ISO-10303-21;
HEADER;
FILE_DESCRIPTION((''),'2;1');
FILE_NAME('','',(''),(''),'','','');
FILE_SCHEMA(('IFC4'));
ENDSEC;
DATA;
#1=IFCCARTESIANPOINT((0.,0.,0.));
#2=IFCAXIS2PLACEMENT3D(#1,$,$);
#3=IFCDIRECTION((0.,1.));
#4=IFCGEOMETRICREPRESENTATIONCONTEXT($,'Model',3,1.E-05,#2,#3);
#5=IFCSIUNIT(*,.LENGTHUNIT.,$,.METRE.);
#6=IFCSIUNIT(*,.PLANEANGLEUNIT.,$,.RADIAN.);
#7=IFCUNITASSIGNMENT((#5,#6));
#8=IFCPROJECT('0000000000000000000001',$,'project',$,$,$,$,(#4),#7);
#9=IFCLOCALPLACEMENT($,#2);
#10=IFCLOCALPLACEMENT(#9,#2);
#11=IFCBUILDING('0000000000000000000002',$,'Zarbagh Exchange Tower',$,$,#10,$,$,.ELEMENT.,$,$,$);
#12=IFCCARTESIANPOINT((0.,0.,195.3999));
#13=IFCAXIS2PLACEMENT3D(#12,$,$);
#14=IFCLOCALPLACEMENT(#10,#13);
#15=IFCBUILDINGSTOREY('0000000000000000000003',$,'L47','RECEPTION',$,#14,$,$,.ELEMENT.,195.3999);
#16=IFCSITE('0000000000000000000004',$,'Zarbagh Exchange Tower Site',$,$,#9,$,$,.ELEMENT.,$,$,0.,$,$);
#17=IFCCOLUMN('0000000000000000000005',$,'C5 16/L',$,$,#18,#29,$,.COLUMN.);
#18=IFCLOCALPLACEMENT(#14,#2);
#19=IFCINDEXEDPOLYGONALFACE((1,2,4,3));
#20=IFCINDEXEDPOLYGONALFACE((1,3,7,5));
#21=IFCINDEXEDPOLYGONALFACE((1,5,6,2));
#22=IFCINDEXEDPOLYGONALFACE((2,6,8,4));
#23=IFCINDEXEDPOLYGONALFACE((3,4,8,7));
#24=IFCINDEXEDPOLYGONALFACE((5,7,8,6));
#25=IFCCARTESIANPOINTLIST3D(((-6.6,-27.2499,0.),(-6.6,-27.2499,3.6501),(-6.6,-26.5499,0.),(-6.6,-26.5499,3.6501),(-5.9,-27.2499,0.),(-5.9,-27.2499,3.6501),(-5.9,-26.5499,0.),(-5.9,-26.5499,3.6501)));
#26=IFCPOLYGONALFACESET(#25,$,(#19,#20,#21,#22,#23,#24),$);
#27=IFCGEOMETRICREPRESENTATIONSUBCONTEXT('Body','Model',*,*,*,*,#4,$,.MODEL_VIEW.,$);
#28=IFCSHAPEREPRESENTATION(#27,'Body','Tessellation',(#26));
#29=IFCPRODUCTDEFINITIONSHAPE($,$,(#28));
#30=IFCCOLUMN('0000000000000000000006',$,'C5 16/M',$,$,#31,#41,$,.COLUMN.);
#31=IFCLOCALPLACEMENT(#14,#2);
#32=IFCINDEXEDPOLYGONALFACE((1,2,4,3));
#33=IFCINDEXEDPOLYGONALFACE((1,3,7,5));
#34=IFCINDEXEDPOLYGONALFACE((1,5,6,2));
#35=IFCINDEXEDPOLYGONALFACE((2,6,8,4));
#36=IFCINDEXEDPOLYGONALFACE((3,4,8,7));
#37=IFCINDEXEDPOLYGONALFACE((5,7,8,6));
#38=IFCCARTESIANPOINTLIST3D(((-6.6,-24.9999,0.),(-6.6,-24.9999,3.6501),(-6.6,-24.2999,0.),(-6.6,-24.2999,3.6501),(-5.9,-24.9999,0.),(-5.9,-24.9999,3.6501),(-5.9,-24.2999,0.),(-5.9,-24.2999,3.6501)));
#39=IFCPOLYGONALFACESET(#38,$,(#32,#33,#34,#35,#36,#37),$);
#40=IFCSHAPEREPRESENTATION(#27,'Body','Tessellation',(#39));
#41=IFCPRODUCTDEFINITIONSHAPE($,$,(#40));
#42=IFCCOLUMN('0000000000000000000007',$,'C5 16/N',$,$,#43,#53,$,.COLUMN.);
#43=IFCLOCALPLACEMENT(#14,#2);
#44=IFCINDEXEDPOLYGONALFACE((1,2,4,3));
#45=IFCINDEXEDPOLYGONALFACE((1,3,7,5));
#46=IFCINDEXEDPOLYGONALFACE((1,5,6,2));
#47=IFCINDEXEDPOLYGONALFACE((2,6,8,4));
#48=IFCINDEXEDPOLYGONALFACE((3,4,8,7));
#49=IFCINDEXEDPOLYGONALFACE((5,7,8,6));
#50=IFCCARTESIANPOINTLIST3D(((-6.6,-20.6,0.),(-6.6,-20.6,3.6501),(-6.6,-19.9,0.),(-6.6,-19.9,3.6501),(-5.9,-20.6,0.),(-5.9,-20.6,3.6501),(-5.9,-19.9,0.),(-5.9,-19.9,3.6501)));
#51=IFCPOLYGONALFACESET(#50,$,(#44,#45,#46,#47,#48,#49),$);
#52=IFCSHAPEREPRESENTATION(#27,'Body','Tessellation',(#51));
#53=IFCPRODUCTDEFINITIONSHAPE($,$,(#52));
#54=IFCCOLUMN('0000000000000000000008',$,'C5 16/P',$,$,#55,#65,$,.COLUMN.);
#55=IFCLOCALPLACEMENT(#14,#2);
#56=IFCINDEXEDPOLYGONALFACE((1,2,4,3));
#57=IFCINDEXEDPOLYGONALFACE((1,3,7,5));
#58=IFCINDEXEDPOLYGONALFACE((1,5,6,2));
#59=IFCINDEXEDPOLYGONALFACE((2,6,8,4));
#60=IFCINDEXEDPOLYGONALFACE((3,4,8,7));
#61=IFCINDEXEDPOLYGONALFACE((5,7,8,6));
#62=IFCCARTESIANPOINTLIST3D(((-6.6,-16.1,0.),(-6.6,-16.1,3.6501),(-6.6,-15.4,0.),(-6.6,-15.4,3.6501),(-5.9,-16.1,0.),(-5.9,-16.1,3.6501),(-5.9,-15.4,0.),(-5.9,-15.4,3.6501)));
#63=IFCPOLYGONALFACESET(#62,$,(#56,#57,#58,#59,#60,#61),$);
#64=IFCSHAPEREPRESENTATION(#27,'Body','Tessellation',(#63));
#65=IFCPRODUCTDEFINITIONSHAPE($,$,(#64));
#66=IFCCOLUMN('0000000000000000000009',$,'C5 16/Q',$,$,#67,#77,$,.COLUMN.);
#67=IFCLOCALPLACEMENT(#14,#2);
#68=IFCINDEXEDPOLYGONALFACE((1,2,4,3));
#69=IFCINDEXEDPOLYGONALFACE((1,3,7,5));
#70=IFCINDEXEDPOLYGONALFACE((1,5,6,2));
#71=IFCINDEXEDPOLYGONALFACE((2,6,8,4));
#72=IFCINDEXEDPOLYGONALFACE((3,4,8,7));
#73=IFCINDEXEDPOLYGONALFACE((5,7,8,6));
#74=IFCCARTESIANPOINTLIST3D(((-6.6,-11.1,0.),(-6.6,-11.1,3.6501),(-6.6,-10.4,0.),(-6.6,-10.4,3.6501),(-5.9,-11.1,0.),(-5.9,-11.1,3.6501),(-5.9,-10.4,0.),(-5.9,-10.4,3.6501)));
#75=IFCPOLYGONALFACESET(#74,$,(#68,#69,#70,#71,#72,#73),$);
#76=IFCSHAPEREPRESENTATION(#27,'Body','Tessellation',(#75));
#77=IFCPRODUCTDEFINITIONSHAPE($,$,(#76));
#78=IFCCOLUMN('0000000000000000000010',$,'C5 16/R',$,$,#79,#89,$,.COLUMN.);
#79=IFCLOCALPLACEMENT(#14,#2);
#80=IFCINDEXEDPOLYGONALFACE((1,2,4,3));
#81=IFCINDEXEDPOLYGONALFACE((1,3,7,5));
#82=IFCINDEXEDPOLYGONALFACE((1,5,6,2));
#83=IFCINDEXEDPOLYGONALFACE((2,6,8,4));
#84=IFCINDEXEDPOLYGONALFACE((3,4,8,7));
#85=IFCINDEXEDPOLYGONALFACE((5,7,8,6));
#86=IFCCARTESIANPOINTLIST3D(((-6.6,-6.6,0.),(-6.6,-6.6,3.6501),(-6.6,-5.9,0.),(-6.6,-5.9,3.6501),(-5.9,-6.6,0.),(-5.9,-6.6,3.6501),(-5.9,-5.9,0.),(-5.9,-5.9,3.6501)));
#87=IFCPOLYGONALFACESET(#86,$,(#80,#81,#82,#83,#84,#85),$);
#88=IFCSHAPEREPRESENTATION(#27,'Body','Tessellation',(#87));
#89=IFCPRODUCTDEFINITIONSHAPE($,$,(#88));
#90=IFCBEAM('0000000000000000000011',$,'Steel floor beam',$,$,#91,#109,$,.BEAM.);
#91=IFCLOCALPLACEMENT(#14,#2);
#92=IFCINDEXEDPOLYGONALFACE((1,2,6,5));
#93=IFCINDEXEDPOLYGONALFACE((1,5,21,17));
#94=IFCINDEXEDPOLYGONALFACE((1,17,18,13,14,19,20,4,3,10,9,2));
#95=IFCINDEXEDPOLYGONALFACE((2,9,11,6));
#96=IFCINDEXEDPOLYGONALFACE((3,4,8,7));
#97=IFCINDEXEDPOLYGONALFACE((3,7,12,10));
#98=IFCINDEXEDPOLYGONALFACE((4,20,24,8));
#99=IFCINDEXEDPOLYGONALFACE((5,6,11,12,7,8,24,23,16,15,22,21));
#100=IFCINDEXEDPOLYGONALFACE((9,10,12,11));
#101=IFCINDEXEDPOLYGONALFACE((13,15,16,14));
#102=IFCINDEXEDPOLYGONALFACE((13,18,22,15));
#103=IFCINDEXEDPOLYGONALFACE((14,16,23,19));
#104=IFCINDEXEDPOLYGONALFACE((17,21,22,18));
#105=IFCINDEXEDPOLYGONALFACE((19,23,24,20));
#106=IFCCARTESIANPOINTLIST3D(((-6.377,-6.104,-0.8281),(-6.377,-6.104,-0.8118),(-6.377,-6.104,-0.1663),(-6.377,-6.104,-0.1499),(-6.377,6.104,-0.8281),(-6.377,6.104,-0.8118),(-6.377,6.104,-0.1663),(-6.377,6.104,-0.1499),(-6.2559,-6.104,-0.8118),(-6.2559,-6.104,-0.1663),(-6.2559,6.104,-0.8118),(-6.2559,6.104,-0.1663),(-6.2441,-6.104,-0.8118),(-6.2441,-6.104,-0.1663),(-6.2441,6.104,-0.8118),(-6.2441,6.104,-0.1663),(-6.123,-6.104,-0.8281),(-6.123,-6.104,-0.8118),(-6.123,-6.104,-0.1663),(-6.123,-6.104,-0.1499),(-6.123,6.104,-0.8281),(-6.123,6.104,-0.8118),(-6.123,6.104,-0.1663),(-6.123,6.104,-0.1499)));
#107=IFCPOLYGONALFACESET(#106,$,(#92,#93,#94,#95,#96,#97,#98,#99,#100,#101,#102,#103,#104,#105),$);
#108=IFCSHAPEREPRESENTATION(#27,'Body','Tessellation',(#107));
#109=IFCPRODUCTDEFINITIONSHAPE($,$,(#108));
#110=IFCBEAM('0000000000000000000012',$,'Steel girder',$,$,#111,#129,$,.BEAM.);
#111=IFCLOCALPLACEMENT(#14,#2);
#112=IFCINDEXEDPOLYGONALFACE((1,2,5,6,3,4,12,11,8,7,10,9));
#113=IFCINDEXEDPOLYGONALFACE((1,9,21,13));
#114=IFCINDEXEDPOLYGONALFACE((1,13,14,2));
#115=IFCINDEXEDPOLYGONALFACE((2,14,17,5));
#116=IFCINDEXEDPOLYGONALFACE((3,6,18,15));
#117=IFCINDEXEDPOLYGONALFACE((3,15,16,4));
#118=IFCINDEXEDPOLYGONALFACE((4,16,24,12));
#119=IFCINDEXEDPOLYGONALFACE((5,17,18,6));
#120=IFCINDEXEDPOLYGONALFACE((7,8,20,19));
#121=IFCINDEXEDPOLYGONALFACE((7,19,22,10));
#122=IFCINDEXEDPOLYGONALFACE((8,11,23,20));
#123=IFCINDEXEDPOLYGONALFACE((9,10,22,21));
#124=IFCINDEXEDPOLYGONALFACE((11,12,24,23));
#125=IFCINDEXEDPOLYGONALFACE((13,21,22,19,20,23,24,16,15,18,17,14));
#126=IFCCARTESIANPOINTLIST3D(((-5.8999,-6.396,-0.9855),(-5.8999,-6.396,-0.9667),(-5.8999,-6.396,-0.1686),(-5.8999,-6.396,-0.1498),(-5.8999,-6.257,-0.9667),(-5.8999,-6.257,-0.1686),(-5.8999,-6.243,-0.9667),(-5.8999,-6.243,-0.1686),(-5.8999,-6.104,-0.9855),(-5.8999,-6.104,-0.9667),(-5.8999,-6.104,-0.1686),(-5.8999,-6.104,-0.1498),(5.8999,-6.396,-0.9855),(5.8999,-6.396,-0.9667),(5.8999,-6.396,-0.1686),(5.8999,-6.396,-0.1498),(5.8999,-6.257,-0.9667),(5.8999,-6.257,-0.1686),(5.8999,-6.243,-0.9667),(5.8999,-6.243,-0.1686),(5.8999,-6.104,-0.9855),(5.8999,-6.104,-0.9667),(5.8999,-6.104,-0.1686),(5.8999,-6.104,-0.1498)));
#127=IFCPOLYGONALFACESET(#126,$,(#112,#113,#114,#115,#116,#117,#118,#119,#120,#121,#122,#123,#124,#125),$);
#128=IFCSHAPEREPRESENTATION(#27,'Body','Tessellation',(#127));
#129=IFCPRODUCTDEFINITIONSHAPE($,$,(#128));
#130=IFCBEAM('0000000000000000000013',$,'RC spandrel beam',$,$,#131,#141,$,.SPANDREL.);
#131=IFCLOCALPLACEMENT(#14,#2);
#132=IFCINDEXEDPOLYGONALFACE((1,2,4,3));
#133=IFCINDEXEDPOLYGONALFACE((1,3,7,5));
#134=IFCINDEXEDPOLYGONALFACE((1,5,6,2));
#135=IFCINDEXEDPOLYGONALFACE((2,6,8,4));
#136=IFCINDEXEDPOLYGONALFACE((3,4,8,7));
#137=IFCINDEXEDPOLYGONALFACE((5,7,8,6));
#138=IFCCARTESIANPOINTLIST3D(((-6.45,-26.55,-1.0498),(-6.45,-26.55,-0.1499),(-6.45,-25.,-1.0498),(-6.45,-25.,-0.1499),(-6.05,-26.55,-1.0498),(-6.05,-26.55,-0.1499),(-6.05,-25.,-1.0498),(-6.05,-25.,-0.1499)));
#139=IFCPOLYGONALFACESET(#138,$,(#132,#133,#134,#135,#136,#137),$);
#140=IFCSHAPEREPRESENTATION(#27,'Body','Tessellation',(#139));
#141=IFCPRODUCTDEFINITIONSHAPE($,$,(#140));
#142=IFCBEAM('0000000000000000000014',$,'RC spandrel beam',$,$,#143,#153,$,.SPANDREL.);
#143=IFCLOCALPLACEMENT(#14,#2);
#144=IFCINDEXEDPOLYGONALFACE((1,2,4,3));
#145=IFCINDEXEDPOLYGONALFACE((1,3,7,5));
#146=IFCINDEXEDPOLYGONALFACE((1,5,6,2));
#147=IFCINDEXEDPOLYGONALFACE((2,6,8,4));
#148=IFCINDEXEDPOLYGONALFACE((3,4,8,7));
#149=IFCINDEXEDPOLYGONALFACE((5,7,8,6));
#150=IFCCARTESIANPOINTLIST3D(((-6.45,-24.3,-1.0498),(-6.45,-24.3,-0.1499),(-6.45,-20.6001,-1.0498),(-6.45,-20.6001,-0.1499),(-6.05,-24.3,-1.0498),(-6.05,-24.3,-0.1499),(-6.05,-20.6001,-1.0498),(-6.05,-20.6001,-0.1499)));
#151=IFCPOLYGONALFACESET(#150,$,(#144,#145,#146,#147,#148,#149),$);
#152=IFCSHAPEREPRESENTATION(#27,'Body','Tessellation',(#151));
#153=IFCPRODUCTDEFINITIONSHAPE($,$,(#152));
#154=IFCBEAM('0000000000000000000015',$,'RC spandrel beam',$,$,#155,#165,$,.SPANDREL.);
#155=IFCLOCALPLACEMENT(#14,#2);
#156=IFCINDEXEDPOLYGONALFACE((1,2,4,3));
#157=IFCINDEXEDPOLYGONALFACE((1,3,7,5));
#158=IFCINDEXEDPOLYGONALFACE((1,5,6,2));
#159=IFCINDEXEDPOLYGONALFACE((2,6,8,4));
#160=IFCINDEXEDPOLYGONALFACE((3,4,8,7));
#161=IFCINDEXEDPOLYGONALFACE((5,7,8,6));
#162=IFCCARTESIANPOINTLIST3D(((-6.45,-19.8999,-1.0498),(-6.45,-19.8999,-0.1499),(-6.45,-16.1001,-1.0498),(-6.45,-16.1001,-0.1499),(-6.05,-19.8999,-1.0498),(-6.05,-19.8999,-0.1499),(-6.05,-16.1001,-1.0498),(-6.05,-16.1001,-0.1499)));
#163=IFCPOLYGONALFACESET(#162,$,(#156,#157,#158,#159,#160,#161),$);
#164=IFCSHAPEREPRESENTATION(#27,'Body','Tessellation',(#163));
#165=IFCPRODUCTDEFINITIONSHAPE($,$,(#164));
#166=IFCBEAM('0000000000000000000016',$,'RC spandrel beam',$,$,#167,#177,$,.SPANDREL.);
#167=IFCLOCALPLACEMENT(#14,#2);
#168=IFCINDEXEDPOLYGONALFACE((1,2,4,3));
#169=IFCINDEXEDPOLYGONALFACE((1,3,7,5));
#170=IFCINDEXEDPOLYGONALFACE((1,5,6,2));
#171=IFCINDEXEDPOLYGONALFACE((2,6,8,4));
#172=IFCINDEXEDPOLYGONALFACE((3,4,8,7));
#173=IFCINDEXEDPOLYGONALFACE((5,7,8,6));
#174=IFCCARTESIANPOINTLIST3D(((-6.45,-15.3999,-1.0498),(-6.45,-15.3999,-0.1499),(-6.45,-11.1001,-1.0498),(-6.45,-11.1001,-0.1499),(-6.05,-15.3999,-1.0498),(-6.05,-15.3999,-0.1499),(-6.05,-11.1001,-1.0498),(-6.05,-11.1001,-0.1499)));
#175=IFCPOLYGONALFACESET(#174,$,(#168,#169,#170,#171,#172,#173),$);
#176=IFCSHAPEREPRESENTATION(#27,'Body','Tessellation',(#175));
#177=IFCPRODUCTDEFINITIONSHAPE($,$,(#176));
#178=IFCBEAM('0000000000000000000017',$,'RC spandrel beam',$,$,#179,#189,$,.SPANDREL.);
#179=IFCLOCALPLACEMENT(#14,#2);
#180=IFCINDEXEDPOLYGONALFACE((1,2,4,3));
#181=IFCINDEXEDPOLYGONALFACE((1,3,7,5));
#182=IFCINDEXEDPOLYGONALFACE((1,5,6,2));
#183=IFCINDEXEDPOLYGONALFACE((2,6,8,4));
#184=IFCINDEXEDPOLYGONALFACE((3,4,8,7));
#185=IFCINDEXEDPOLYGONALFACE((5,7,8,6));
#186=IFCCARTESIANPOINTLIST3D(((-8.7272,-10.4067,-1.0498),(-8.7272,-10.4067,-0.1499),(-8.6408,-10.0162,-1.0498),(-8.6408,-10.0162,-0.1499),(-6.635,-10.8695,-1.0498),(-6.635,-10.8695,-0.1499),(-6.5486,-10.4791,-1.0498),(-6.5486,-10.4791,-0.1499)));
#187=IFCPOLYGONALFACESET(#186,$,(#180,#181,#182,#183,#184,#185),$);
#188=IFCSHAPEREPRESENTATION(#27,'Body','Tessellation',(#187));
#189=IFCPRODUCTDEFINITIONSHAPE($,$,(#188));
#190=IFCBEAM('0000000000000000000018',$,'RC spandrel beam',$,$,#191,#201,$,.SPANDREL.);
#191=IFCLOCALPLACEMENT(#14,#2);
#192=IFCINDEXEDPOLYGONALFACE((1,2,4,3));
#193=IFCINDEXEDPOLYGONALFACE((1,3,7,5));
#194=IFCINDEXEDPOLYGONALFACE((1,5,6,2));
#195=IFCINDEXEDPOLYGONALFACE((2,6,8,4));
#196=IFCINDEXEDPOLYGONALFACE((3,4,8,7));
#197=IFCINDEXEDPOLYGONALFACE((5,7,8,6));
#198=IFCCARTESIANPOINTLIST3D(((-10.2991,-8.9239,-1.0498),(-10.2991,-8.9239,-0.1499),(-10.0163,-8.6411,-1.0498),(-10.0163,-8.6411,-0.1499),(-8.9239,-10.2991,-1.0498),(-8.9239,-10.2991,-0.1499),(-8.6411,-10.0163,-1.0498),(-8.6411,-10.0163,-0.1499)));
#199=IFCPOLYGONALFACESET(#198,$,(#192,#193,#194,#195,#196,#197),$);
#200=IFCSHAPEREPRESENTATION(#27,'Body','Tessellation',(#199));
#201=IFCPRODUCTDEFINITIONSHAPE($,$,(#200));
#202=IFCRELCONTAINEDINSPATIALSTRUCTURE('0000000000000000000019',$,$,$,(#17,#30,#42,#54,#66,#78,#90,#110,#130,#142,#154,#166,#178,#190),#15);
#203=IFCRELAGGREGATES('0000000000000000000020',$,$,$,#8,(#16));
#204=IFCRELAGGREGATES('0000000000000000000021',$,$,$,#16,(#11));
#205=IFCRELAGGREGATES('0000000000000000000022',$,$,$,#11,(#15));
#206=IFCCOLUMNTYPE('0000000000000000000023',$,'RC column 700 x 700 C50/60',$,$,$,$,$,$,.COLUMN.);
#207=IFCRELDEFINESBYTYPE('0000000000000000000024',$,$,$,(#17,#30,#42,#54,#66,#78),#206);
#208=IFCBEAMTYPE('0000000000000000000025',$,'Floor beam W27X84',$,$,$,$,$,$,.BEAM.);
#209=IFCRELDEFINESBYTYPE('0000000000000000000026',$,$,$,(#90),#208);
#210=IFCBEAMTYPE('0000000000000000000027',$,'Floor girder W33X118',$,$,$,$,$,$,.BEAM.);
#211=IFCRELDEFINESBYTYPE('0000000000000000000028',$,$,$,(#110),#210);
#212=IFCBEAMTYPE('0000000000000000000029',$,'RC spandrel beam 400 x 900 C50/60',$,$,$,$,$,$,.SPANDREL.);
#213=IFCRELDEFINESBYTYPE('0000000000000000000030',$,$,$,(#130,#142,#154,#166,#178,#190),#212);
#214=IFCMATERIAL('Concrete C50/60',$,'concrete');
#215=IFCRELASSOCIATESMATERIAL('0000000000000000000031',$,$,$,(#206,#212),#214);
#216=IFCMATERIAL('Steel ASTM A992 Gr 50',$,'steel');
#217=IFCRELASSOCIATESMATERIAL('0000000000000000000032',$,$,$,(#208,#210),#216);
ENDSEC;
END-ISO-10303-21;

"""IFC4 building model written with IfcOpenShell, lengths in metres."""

from ifc_helpers import new_model, si_unit, direction, frame, origin, origin_2d, place, context, subcontext, project, spatial, rectangle, i_section, extrude, material, material_profile, profile_set, type_object, element, save


model = new_model("IFC4")

# Units and contexts
model_context = context("Model", 3, precision=1e-05, world=origin(), true_north=direction((0.0, 1.0)))
body_context = subcontext(model_context, "Body", "Model", "MODEL_VIEW")
ifc_project = project(units=[si_unit("LENGTHUNIT", "METRE"), si_unit("PLANEANGLEUNIT", "RADIAN")], contexts=[model_context])

# Site, building, storey
site_placement = place(None, origin())
site = spatial("IfcSite", under=ifc_project, at=site_placement, Name="Zarbagh Exchange Tower Site", CompositionType="ELEMENT", RefElevation=0.0)
building_placement = place(site_placement, origin())
building = spatial("IfcBuilding", under=site, at=building_placement, Name="Zarbagh Exchange Tower", CompositionType="ELEMENT")
storey_placement = place(building_placement, frame((0.0, 0.0, 195.3999)))
storey = spatial("IfcBuildingStorey", under=building, at=storey_placement, Name="L47", Description="RECEPTION", CompositionType="ELEMENT", Elevation=195.3999)

# Columns
ifc_material_1 = material(Name="Concrete C50/60", Category="concrete")
ifc_material_profile_1 = material_profile(ifc_material_1, rectangle(XDim=0.7, YDim=0.7, at=origin_2d()), Name="RC column 700 x 700 C50/60")
ifc_profile_set_1 = profile_set([ifc_material_profile_1], Name="Concrete C50/60")
column_type = type_object("IfcColumnType", Name="RC column 700 x 700 C50/60", PredefinedType="COLUMN", material=ifc_profile_set_1)
for number, where, z_axis, x_axis, name in (
    (1, (-6.25, -26.8999, 0.0), (0.0, 0.0, 1.0), (1.0, 0.0, 0.0), "C5 16/L"),
    (2, (-6.25, -24.6499, 0.0), (0.0, 0.0, 1.0), (1.0, 0.0, 0.0), "C5 16/M"),
    (3, (-6.25, -20.25, 0.0), (0.0, 0.0, 1.0), (1.0, 0.0, 0.0), "C5 16/N"),
    (4, (-6.25, -15.75, 0.0), (0.0, 0.0, 1.0), (1.0, 0.0, 0.0), "C5 16/P"),
    (5, (-6.25, -10.75, 0.0), (0.0, 0.0, 1.0), (1.0, 0.0, 0.0), "C5 16/Q"),
    (6, (-6.25, -6.25, 0.0), (0.0, 0.0, 1.0), (1.0, 0.0, 0.0), "C5 16/R"),
):
    element("IfcColumn", number, at=place(storey_placement, frame(where, z_axis=z_axis, x_axis=x_axis)), inside=storey, type_object=column_type, Name=name, PredefinedType="COLUMN", context=body_context, shape_type="SweptSolid", body=[
        extrude(rectangle(XDim=0.7, YDim=0.7, at=origin_2d()), origin(), (0.0, 0.0, 1.0), 3.6501),
    ])

# Beams
ifc_material_2 = material(Name="Steel ASTM A992 Gr 50", Category="steel")
ifc_material_profile_2 = material_profile(ifc_material_2, i_section(OverallWidth=0.2539, OverallDepth=0.6782, WebThickness=0.0117, FlangeThickness=0.0164, at=origin_2d()), Name="W27X84")
ifc_profile_set_2 = profile_set([ifc_material_profile_2], Name="Steel ASTM A992 Gr 50")
beam_type_1 = type_object("IfcBeamType", Name="Floor beam W27X84", PredefinedType="BEAM", material=ifc_profile_set_2)
beam_1_placement = place(storey_placement, frame((-6.25, -6.104, -0.489), z_axis=(0.0, 1.0, 0.0), x_axis=(-1.0, 0.0, 0.0)))
element("IfcBeam", 7, at=beam_1_placement, inside=storey, type_object=beam_type_1, Name="Steel floor beam", PredefinedType="BEAM", context=body_context, shape_type="SweptSolid", body=[
    extrude(i_section(OverallWidth=0.2539, OverallDepth=0.6782, WebThickness=0.0117, FlangeThickness=0.0164, at=origin_2d()), origin(), (0.0, 0.0, 1.0), 12.208),
])
ifc_material_profile_3 = material_profile(ifc_material_2, i_section(OverallWidth=0.292, OverallDepth=0.8357, WebThickness=0.0139, FlangeThickness=0.0188, at=origin_2d()), Name="W33X118")
ifc_profile_set_3 = profile_set([ifc_material_profile_3], Name="Steel ASTM A992 Gr 50")
beam_type_2 = type_object("IfcBeamType", Name="Floor girder W33X118", PredefinedType="BEAM", material=ifc_profile_set_3)
beam_2_placement = place(storey_placement, frame((-5.8999, -6.25, -0.5676), z_axis=(1.0, 0.0, 0.0), x_axis=(0.0, 1.0, 0.0)))
element("IfcBeam", 8, at=beam_2_placement, inside=storey, type_object=beam_type_2, Name="Steel girder", PredefinedType="BEAM", context=body_context, shape_type="SweptSolid", body=[
    extrude(i_section(OverallWidth=0.292, OverallDepth=0.8357, WebThickness=0.0139, FlangeThickness=0.0188, at=origin_2d()), origin(), (0.0, 0.0, 1.0), 11.7998),
])
ifc_material_profile_4 = material_profile(ifc_material_1, rectangle(XDim=0.3999, YDim=0.8999, at=origin_2d()), Name="RC spandrel beam 400 x 900 C50/60")
ifc_profile_set_4 = profile_set([ifc_material_profile_4], Name="Concrete C50/60")
beam_type_3 = type_object("IfcBeamType", Name="RC spandrel beam 400 x 900 C50/60", PredefinedType="SPANDREL", material=ifc_profile_set_4)
beam_3_placement = place(storey_placement, frame((-6.25, -26.55, -0.5999), z_axis=(0.0, 1.0, 0.0), x_axis=(-1.0, 0.0, 0.0)))
element("IfcBeam", 9, at=beam_3_placement, inside=storey, type_object=beam_type_3, Name="RC spandrel beam", PredefinedType="SPANDREL", context=body_context, shape_type="SweptSolid", body=[
    extrude(rectangle(XDim=0.3999, YDim=0.8999, at=origin_2d()), origin(), (0.0, 0.0, 1.0), 1.55),
])
beam_4_placement = place(storey_placement, frame((-6.25, -24.3, -0.5999), z_axis=(0.0, 1.0, 0.0), x_axis=(-1.0, 0.0, 0.0)))
element("IfcBeam", 10, at=beam_4_placement, inside=storey, type_object=beam_type_3, Name="RC spandrel beam", PredefinedType="SPANDREL", context=body_context, shape_type="SweptSolid", body=[
    extrude(rectangle(XDim=0.3999, YDim=0.8999, at=origin_2d()), origin(), (0.0, 0.0, 1.0), 3.7),
])
beam_5_placement = place(storey_placement, frame((-6.25, -19.8999, -0.5999), z_axis=(0.0, 1.0, 0.0), x_axis=(-1.0, 0.0, 0.0)))
element("IfcBeam", 11, at=beam_5_placement, inside=storey, type_object=beam_type_3, Name="RC spandrel beam", PredefinedType="SPANDREL", context=body_context, shape_type="SweptSolid", body=[
    extrude(rectangle(XDim=0.3999, YDim=0.8999, at=origin_2d()), origin(), (0.0, 0.0, 1.0), 3.7998),
])
beam_6_placement = place(storey_placement, frame((-6.25, -15.3999, -0.5999), z_axis=(0.0, 1.0, 0.0), x_axis=(-1.0, 0.0, 0.0)))
element("IfcBeam", 12, at=beam_6_placement, inside=storey, type_object=beam_type_3, Name="RC spandrel beam", PredefinedType="SPANDREL", context=body_context, shape_type="SweptSolid", body=[
    extrude(rectangle(XDim=0.3999, YDim=0.8999, at=origin_2d()), origin(), (0.0, 0.0, 1.0), 4.2998),
])
beam_7_placement = place(storey_placement, frame((-6.5918, -10.6743, -0.5999), z_axis=(-0.97639, 0.216014, 0.0), x_axis=(-0.216014, -0.97639, 0.0)))
element("IfcBeam", 13, at=beam_7_placement, inside=storey, type_object=beam_type_3, Name="RC spandrel beam", PredefinedType="SPANDREL", context=body_context, shape_type="SweptSolid", body=[
    extrude(rectangle(XDim=0.3999, YDim=0.8999, at=origin_2d()), origin(), (0.0, 0.0, 1.0), 2.1428),
])
beam_8_placement = place(storey_placement, frame((-8.7825, -10.1577, -0.5999), z_axis=(-0.707107, 0.707107, 0.0), x_axis=(-0.707107, -0.707107, 0.0)))
element("IfcBeam", 14, at=beam_8_placement, inside=storey, type_object=beam_type_3, Name="RC spandrel beam", PredefinedType="SPANDREL", context=body_context, shape_type="SweptSolid", body=[
    extrude(rectangle(XDim=0.3999, YDim=0.8999, at=origin_2d()), origin(), (0.0, 0.0, 1.0), 1.9448),
])

save(model, "model.ifc")
